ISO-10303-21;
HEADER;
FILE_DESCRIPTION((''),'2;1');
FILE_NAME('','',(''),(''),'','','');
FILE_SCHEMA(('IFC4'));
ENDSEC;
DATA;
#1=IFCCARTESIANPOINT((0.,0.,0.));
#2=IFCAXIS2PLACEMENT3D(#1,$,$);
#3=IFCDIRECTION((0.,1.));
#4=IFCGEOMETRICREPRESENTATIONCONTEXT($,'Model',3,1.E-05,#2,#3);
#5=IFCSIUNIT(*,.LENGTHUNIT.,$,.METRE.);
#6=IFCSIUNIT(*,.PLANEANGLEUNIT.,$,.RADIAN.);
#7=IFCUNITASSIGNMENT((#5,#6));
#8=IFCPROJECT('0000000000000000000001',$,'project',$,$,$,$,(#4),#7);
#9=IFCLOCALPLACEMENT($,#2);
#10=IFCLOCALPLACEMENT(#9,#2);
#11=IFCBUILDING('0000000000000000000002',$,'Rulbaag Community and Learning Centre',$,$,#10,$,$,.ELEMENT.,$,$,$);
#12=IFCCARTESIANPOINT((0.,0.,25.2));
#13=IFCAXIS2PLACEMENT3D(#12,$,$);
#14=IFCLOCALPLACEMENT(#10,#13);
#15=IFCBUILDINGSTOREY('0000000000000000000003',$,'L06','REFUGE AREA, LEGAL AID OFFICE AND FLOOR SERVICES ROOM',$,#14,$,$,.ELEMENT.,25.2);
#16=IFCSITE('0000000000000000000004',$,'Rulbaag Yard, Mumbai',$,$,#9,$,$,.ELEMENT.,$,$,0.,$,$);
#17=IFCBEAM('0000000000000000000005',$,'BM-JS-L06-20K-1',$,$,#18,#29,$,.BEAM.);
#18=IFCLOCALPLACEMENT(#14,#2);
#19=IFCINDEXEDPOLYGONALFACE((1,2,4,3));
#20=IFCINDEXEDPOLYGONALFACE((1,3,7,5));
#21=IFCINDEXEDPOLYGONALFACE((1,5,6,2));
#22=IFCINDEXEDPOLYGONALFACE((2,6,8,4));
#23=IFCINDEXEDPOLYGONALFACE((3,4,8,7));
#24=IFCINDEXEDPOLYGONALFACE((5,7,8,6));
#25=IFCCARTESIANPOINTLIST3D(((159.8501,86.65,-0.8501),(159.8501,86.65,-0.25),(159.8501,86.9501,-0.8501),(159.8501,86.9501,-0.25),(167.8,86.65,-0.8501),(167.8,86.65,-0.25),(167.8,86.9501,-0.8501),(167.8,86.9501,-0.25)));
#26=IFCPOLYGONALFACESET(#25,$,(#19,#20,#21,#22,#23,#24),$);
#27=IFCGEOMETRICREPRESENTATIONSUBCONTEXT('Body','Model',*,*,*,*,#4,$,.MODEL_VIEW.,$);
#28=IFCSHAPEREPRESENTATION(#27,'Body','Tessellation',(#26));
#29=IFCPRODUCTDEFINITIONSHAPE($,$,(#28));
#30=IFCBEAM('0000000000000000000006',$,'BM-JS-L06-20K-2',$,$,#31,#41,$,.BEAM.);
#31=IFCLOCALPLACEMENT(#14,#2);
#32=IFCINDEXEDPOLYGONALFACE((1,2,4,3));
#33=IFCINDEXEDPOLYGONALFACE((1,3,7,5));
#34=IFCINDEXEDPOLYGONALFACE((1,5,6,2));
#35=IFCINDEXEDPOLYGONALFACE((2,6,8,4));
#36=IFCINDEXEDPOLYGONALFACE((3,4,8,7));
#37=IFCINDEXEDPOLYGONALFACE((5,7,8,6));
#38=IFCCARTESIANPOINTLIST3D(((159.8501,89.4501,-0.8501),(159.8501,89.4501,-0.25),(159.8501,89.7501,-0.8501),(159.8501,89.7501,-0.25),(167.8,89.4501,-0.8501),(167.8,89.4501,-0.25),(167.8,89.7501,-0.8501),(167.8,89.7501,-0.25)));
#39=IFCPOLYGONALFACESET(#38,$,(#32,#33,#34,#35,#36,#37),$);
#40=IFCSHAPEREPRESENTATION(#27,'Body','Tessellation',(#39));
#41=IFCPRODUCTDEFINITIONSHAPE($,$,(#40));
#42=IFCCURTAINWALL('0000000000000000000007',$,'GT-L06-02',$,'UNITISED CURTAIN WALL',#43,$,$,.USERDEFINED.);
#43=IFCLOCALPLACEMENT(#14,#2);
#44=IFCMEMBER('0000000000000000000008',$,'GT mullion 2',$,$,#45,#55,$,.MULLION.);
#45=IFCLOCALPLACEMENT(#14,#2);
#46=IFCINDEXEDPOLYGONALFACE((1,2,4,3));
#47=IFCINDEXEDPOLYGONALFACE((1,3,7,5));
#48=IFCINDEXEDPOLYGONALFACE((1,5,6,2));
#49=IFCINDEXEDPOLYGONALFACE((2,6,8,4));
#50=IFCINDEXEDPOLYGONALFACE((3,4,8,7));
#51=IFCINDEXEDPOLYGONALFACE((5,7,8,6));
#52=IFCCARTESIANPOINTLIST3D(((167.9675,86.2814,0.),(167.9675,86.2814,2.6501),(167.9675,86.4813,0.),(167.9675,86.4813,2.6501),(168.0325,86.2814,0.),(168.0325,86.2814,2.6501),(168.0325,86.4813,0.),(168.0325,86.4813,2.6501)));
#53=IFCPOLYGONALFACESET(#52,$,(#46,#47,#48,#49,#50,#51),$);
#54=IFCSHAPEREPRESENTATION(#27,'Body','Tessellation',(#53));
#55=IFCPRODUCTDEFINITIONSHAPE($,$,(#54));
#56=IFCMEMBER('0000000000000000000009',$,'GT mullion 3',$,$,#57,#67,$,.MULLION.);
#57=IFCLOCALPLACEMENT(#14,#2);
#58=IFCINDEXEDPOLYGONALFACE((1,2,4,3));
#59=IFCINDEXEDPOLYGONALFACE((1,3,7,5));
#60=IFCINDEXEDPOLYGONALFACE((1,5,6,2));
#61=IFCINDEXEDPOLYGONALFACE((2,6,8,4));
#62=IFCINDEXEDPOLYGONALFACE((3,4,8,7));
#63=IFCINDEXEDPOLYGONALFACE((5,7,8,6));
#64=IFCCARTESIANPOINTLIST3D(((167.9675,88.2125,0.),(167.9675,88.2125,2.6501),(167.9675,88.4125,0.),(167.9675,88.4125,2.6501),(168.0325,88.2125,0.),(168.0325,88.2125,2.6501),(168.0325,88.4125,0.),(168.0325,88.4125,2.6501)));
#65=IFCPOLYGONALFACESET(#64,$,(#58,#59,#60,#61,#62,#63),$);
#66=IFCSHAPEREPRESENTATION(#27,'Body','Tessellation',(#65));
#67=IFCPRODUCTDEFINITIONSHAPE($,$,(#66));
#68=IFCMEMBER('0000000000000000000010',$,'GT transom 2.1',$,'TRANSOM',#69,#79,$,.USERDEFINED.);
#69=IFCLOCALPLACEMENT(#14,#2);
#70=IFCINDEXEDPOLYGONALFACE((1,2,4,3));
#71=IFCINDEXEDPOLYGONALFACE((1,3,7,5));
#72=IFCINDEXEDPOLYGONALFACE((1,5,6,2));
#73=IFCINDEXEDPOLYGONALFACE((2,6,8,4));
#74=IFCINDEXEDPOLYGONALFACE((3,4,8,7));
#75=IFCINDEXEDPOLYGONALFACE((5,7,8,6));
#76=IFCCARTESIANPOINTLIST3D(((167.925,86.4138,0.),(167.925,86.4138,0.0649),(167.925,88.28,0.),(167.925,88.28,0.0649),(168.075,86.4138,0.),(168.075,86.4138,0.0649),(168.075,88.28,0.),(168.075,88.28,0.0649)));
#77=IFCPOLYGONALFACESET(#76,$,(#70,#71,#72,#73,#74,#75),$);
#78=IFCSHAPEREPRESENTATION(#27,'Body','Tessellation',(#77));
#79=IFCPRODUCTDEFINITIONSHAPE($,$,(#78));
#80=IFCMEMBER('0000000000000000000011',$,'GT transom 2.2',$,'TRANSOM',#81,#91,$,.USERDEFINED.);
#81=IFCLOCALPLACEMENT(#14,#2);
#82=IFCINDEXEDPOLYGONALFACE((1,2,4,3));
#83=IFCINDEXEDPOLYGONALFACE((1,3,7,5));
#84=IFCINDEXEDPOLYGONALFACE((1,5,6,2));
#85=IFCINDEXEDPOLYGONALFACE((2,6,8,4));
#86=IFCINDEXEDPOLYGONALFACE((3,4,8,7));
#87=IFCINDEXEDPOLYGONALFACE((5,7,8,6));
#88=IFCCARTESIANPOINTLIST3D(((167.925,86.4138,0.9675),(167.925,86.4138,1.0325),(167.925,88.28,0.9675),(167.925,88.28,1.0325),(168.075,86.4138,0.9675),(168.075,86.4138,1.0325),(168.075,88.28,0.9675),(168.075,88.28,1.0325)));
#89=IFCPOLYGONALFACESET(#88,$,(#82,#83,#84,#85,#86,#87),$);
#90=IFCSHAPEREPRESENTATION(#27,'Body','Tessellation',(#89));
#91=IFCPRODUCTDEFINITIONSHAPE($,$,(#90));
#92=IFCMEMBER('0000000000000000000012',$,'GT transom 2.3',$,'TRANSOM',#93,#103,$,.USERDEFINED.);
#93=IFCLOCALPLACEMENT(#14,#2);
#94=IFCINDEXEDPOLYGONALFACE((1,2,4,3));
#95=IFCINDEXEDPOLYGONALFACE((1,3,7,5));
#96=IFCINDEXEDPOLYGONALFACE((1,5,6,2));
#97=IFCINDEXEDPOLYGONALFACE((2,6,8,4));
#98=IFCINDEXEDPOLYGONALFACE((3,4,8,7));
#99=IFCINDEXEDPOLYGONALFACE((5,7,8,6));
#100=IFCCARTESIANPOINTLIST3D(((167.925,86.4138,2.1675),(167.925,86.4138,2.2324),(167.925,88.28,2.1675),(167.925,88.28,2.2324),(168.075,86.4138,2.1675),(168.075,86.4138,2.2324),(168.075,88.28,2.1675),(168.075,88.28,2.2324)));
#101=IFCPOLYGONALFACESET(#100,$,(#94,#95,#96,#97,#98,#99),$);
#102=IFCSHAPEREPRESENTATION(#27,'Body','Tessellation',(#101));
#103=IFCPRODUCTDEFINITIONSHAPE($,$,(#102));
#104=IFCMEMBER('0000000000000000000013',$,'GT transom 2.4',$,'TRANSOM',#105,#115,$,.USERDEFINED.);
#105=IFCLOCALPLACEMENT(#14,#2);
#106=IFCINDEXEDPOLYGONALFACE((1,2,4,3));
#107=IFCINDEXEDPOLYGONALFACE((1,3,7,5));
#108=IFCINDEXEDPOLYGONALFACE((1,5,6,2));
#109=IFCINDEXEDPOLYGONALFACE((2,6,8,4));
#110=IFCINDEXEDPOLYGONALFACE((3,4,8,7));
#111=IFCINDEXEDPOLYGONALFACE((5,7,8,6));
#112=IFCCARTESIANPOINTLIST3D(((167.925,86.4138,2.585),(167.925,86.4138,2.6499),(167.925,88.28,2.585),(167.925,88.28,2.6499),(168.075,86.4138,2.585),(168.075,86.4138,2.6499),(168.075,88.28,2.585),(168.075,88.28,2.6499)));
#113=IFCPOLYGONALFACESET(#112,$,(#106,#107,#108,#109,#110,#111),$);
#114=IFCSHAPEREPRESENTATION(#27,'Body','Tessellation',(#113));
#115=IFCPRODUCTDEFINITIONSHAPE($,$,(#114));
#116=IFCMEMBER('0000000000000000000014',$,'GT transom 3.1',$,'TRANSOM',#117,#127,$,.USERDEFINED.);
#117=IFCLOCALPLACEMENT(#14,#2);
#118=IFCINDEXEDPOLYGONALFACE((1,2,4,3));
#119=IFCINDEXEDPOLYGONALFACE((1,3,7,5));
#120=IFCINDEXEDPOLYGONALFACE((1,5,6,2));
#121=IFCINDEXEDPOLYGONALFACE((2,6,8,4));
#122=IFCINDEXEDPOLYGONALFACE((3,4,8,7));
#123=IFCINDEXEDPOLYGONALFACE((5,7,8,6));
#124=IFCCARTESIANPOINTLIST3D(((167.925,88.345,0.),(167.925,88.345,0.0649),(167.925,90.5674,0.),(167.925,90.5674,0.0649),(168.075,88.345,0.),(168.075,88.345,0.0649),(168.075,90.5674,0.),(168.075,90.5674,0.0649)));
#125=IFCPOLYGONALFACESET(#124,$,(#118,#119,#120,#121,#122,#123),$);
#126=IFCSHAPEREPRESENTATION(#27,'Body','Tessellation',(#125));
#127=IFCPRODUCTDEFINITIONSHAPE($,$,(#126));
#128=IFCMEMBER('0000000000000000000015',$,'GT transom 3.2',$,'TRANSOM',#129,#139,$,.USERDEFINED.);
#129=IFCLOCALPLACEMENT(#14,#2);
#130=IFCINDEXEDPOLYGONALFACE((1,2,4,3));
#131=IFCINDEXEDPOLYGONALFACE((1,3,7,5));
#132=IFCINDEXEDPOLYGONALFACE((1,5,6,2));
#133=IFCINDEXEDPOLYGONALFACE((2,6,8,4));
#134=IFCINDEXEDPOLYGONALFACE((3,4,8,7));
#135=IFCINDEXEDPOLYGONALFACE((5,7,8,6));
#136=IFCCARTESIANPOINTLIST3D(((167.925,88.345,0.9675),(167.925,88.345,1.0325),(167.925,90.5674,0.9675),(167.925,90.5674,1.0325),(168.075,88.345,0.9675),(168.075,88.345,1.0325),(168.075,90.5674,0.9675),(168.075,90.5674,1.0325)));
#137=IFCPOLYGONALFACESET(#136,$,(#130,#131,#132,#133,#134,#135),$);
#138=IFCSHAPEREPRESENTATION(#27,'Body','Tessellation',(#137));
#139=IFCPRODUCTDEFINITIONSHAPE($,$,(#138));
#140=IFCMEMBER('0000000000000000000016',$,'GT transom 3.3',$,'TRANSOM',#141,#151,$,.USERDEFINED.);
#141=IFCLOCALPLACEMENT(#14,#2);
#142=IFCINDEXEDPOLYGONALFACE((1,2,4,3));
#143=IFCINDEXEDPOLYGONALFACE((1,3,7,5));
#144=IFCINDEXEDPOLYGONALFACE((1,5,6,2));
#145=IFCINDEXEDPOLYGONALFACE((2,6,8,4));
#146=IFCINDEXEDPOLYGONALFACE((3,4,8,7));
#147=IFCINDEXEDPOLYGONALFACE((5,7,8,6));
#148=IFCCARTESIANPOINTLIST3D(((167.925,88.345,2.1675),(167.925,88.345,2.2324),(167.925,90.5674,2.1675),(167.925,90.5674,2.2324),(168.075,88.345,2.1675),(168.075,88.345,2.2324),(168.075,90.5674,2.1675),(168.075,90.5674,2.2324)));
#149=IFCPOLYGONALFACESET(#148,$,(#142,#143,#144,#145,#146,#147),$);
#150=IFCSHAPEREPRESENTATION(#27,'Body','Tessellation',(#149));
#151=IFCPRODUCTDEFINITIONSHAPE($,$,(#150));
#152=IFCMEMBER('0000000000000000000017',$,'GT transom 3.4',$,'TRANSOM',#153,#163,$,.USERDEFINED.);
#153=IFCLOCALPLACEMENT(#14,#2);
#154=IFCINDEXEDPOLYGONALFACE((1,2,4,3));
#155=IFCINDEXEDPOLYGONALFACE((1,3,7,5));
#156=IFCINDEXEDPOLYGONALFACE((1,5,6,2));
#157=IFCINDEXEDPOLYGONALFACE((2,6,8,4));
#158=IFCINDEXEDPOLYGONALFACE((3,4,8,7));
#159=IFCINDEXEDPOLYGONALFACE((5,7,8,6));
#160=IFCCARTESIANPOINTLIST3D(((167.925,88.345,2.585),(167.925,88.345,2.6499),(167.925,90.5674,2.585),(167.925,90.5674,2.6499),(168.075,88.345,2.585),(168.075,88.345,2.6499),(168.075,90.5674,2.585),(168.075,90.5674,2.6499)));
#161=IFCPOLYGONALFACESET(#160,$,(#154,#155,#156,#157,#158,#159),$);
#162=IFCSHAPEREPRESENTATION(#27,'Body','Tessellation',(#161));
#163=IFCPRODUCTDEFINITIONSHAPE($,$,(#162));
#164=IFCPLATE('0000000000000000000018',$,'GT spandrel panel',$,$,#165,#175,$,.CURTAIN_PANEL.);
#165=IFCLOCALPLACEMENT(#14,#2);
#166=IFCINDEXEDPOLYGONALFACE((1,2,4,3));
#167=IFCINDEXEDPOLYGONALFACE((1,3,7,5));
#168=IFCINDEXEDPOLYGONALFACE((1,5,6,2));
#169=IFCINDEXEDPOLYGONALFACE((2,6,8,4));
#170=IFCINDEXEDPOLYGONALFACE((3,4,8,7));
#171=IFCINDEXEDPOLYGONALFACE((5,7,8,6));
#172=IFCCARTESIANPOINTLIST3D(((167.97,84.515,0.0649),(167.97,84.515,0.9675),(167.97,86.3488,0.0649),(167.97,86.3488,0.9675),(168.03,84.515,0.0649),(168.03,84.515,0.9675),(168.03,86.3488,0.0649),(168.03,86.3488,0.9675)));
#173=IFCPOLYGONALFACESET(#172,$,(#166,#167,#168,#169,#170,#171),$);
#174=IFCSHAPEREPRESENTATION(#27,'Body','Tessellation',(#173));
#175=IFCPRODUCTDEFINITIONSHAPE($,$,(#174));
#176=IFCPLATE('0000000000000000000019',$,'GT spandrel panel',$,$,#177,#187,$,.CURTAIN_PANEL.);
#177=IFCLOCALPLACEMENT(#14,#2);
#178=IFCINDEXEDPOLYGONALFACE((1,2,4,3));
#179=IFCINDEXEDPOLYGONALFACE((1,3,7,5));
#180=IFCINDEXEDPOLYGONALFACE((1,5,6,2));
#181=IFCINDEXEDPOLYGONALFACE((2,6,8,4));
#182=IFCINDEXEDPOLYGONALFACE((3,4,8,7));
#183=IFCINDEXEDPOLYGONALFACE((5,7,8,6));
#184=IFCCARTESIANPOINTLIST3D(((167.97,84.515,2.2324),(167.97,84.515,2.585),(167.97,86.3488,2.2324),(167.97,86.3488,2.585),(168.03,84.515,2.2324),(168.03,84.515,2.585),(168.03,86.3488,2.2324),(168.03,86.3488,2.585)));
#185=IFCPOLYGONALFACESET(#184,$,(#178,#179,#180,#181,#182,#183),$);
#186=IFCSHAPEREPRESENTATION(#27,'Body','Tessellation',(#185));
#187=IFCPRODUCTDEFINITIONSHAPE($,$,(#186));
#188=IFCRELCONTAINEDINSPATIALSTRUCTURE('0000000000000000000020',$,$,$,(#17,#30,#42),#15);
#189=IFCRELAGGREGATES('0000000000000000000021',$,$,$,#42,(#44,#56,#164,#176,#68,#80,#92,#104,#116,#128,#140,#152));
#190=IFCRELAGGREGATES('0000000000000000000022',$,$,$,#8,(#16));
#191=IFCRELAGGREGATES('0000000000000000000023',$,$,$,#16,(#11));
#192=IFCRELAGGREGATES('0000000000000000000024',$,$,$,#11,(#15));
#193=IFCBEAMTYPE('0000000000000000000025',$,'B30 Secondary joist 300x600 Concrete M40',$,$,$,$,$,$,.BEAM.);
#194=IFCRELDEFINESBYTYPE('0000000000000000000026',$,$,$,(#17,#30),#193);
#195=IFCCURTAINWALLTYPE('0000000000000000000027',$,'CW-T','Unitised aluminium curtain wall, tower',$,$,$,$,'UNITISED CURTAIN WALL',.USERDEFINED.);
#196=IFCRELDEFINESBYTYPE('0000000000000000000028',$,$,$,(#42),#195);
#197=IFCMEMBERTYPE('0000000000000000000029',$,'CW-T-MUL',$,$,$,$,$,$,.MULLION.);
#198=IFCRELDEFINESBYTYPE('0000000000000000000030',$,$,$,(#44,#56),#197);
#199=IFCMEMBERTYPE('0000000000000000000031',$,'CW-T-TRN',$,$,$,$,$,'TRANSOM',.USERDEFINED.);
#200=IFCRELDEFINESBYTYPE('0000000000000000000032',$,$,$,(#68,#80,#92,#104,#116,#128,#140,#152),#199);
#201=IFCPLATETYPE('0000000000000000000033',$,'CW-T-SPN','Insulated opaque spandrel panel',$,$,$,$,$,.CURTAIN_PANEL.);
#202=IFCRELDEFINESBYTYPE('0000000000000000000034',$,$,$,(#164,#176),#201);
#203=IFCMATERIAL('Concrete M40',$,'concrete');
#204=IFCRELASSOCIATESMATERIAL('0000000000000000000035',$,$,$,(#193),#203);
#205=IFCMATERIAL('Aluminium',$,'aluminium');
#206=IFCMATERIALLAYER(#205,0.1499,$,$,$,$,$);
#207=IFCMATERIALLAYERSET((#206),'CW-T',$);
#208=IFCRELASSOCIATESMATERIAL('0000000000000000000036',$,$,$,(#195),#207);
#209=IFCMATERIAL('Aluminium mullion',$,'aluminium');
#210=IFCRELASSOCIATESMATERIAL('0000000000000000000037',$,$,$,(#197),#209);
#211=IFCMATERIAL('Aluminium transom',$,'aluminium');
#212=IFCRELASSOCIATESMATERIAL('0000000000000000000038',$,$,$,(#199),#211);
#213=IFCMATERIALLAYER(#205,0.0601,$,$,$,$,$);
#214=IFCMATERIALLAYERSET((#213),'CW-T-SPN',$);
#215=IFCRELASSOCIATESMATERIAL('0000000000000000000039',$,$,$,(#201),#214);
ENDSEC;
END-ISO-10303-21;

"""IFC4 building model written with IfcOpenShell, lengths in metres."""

from ifc_helpers import new_model, si_unit, direction, frame, origin, origin_2d, place, context, subcontext, project, spatial, rectangle, extrude, material, layer, layer_set, material_profile, profile_set, type_object, element, aggregate, save


model = new_model("IFC4")

# Units and contexts
model_context = context("Model", 3, precision=1e-05, world=origin(), true_north=direction((0.0, 1.0)))
body_context = subcontext(model_context, "Body", "Model", "MODEL_VIEW")
ifc_project = project(units=[si_unit("LENGTHUNIT", "METRE"), si_unit("PLANEANGLEUNIT", "RADIAN")], contexts=[model_context])

# Site, building, storey
site_placement = place(None, origin())
site = spatial("IfcSite", under=ifc_project, at=site_placement, Name="Rulbaag Yard, Mumbai", CompositionType="ELEMENT", RefElevation=0.0)
building_placement = place(site_placement, origin())
building = spatial("IfcBuilding", under=site, at=building_placement, Name="Rulbaag Community and Learning Centre", CompositionType="ELEMENT")
storey_placement = place(building_placement, frame((0.0, 0.0, 25.2)))
storey = spatial("IfcBuildingStorey", under=building, at=storey_placement, Name="L06", Description="REFUGE AREA, LEGAL AID OFFICE AND FLOOR SERVICES ROOM", CompositionType="ELEMENT", Elevation=25.2)

# Beams
ifc_material_1 = material(Name="Concrete M40", Category="concrete")
ifc_material_profile_1 = material_profile(ifc_material_1, rectangle(XDim=0.3, YDim=0.6001, at=origin_2d()), Name="RB300x600")
ifc_profile_set_1 = profile_set([ifc_material_profile_1], Name="Concrete M40")
beam_type = type_object("IfcBeamType", Name="B30 Secondary joist 300x600 Concrete M40", PredefinedType="BEAM", material=ifc_profile_set_1)
for number, where, z_axis, x_axis, name in (
    (1, (159.8501, 86.8, -0.55), (1.0, 0.0, 0.0), (0.0, 1.0, 0.0), "BM-JS-L06-20K-1"),
    (2, (159.8501, 89.6001, -0.55), (1.0, 0.0, 0.0), (0.0, 1.0, 0.0), "BM-JS-L06-20K-2"),
):
    element("IfcBeam", number, at=place(storey_placement, frame(where, z_axis=z_axis, x_axis=x_axis)), inside=storey, type_object=beam_type, Name=name, PredefinedType="BEAM", context=body_context, shape_type="SweptSolid", body=[
        extrude(rectangle(XDim=0.3, YDim=0.6001, at=origin_2d()), origin(), (0.0, 0.0, 1.0), 7.95),
    ])

# Curtain wall, members, plates
ifc_material_2 = material(Name="Aluminium", Category="aluminium")
ifc_layer_1 = layer(ifc_material_2, 0.1499)
ifc_layer_set_1 = layer_set([ifc_layer_1], Name="CW-T")
curtain_wall_type = type_object("IfcCurtainWallType", Name="CW-T", Description="Unitised aluminium curtain wall, tower", ElementType="UNITISED CURTAIN WALL", PredefinedType="USERDEFINED", material=ifc_layer_set_1)
curtain_wall_placement = place(storey_placement, origin())
curtain_wall = element("IfcCurtainWall", 3, at=curtain_wall_placement, inside=storey, type_object=curtain_wall_type, Name="GT-L06-02", ObjectType="UNITISED CURTAIN WALL", PredefinedType="USERDEFINED")
ifc_material_3 = material(Name="Aluminium mullion", Category="aluminium")
ifc_material_profile_2 = material_profile(ifc_material_3, rectangle(XDim=0.0649, YDim=0.2, at=origin_2d()), Name="AL 65x200")
ifc_profile_set_2 = profile_set([ifc_material_profile_2], Name="Aluminium mullion")
member_type_1 = type_object("IfcMemberType", Name="CW-T-MUL", PredefinedType="MULLION", material=ifc_profile_set_2)
member_1_placement = place(storey_placement, frame((168.0, 86.3813, 0.0), z_axis=(0.0, 0.0, 1.0), x_axis=(-1.0, 0.0, 0.0)))
member_1 = element("IfcMember", 4, at=member_1_placement, type_object=member_type_1, Name="GT mullion 2", PredefinedType="MULLION", context=body_context, shape_type="SweptSolid", body=[
    extrude(rectangle(XDim=0.0649, YDim=0.2, at=origin_2d()), origin(), (0.0, 0.0, 1.0), 2.6501),
])
member_2_placement = place(storey_placement, frame((168.0, 88.3125, 0.0), z_axis=(0.0, 0.0, 1.0), x_axis=(-1.0, 0.0, 0.0)))
member_2 = element("IfcMember", 5, at=member_2_placement, type_object=member_type_1, Name="GT mullion 3", PredefinedType="MULLION", context=body_context, shape_type="SweptSolid", body=[
    extrude(rectangle(XDim=0.0649, YDim=0.2, at=origin_2d()), origin(), (0.0, 0.0, 1.0), 2.6501),
])
ifc_material_4 = material(Name="Aluminium transom", Category="aluminium")
ifc_material_profile_3 = material_profile(ifc_material_4, rectangle(XDim=0.1499, YDim=0.0649, at=origin_2d()), Name="AL 65x150 T")
ifc_profile_set_3 = profile_set([ifc_material_profile_3], Name="Aluminium transom")
member_type_2 = type_object("IfcMemberType", Name="CW-T-TRN", ElementType="TRANSOM", PredefinedType="USERDEFINED", material=ifc_profile_set_3)
member_3_placement = place(storey_placement, frame((168.0, 86.4138, 0.0325), z_axis=(0.0, 1.0, 0.0), x_axis=(-1.0, 0.0, 0.0)))
member_3 = element("IfcMember", 6, at=member_3_placement, type_object=member_type_2, Name="GT transom 2.1", ObjectType="TRANSOM", PredefinedType="USERDEFINED", context=body_context, shape_type="SweptSolid", body=[
    extrude(rectangle(XDim=0.1499, YDim=0.0649, at=origin_2d()), origin(), (0.0, 0.0, 1.0), 1.8662),
])
member_4_placement = place(storey_placement, frame((168.0, 86.4138, 1.0), z_axis=(0.0, 1.0, 0.0), x_axis=(-1.0, 0.0, 0.0)))
member_4 = element("IfcMember", 7, at=member_4_placement, type_object=member_type_2, Name="GT transom 2.2", ObjectType="TRANSOM", PredefinedType="USERDEFINED", context=body_context, shape_type="SweptSolid", body=[
    extrude(rectangle(XDim=0.1499, YDim=0.0649, at=origin_2d()), origin(), (0.0, 0.0, 1.0), 1.8662),
])
member_5_placement = place(storey_placement, frame((168.0, 86.4138, 2.2), z_axis=(0.0, 1.0, 0.0), x_axis=(-1.0, 0.0, 0.0)))
member_5 = element("IfcMember", 8, at=member_5_placement, type_object=member_type_2, Name="GT transom 2.3", ObjectType="TRANSOM", PredefinedType="USERDEFINED", context=body_context, shape_type="SweptSolid", body=[
    extrude(rectangle(XDim=0.1499, YDim=0.0649, at=origin_2d()), origin(), (0.0, 0.0, 1.0), 1.8662),
])
member_6_placement = place(storey_placement, frame((168.0, 86.4138, 2.6174), z_axis=(0.0, 1.0, 0.0), x_axis=(-1.0, 0.0, 0.0)))
member_6 = element("IfcMember", 9, at=member_6_placement, type_object=member_type_2, Name="GT transom 2.4", ObjectType="TRANSOM", PredefinedType="USERDEFINED", context=body_context, shape_type="SweptSolid", body=[
    extrude(rectangle(XDim=0.1499, YDim=0.0649, at=origin_2d()), origin(), (0.0, 0.0, 1.0), 1.8662),
])
member_7_placement = place(storey_placement, frame((168.0, 88.345, 0.0325), z_axis=(0.0, 1.0, 0.0), x_axis=(-1.0, 0.0, 0.0)))
member_7 = element("IfcMember", 10, at=member_7_placement, type_object=member_type_2, Name="GT transom 3.1", ObjectType="TRANSOM", PredefinedType="USERDEFINED", context=body_context, shape_type="SweptSolid", body=[
    extrude(rectangle(XDim=0.1499, YDim=0.0649, at=origin_2d()), origin(), (0.0, 0.0, 1.0), 2.2224),
])
member_8_placement = place(storey_placement, frame((168.0, 88.345, 1.0), z_axis=(0.0, 1.0, 0.0), x_axis=(-1.0, 0.0, 0.0)))
member_8 = element("IfcMember", 11, at=member_8_placement, type_object=member_type_2, Name="GT transom 3.2", ObjectType="TRANSOM", PredefinedType="USERDEFINED", context=body_context, shape_type="SweptSolid", body=[
    extrude(rectangle(XDim=0.1499, YDim=0.0649, at=origin_2d()), origin(), (0.0, 0.0, 1.0), 2.2224),
])
member_9_placement = place(storey_placement, frame((168.0, 88.345, 2.2), z_axis=(0.0, 1.0, 0.0), x_axis=(-1.0, 0.0, 0.0)))
member_9 = element("IfcMember", 12, at=member_9_placement, type_object=member_type_2, Name="GT transom 3.3", ObjectType="TRANSOM", PredefinedType="USERDEFINED", context=body_context, shape_type="SweptSolid", body=[
    extrude(rectangle(XDim=0.1499, YDim=0.0649, at=origin_2d()), origin(), (0.0, 0.0, 1.0), 2.2224),
])
member_10_placement = place(storey_placement, frame((168.0, 88.345, 2.6174), z_axis=(0.0, 1.0, 0.0), x_axis=(-1.0, 0.0, 0.0)))
member_10 = element("IfcMember", 13, at=member_10_placement, type_object=member_type_2, Name="GT transom 3.4", ObjectType="TRANSOM", PredefinedType="USERDEFINED", context=body_context, shape_type="SweptSolid", body=[
    extrude(rectangle(XDim=0.1499, YDim=0.0649, at=origin_2d()), origin(), (0.0, 0.0, 1.0), 2.2224),
])
ifc_layer_2 = layer(ifc_material_2, 0.0601)
ifc_layer_set_2 = layer_set([ifc_layer_2], Name="CW-T-SPN")
plate_type_1 = type_object("IfcPlateType", Name="CW-T-SPN", Description="Insulated opaque spandrel panel", PredefinedType="CURTAIN_PANEL", material=ifc_layer_set_2)
plate_1_placement = place(storey_placement, frame((168.0, 85.4319, 0.0649), z_axis=(0.0, 0.0, 1.0), x_axis=(0.0, 1.0, 0.0)))
plate_1 = element("IfcPlate", 14, at=plate_1_placement, type_object=plate_type_1, Name="GT spandrel panel", PredefinedType="CURTAIN_PANEL", context=body_context, shape_type="SweptSolid", body=[
    extrude(rectangle(XDim=1.8337, YDim=0.0601, at=origin_2d()), origin(), (0.0, 0.0, 1.0), 0.9026),
])
plate_2_placement = place(storey_placement, frame((168.0, 85.4319, 2.2324), z_axis=(0.0, 0.0, 1.0), x_axis=(0.0, 1.0, 0.0)))
plate_2 = element("IfcPlate", 15, at=plate_2_placement, type_object=plate_type_1, Name="GT spandrel panel", PredefinedType="CURTAIN_PANEL", context=body_context, shape_type="SweptSolid", body=[
    extrude(rectangle(XDim=1.8337, YDim=0.0601, at=origin_2d()), origin(), (0.0, 0.0, 1.0), 0.3525),
])
aggregate(curtain_wall, [member_1, member_2, plate_1, plate_2, member_3, member_4, member_5, member_6, member_7, member_8, member_9, member_10])

save(model, "model.ifc")
